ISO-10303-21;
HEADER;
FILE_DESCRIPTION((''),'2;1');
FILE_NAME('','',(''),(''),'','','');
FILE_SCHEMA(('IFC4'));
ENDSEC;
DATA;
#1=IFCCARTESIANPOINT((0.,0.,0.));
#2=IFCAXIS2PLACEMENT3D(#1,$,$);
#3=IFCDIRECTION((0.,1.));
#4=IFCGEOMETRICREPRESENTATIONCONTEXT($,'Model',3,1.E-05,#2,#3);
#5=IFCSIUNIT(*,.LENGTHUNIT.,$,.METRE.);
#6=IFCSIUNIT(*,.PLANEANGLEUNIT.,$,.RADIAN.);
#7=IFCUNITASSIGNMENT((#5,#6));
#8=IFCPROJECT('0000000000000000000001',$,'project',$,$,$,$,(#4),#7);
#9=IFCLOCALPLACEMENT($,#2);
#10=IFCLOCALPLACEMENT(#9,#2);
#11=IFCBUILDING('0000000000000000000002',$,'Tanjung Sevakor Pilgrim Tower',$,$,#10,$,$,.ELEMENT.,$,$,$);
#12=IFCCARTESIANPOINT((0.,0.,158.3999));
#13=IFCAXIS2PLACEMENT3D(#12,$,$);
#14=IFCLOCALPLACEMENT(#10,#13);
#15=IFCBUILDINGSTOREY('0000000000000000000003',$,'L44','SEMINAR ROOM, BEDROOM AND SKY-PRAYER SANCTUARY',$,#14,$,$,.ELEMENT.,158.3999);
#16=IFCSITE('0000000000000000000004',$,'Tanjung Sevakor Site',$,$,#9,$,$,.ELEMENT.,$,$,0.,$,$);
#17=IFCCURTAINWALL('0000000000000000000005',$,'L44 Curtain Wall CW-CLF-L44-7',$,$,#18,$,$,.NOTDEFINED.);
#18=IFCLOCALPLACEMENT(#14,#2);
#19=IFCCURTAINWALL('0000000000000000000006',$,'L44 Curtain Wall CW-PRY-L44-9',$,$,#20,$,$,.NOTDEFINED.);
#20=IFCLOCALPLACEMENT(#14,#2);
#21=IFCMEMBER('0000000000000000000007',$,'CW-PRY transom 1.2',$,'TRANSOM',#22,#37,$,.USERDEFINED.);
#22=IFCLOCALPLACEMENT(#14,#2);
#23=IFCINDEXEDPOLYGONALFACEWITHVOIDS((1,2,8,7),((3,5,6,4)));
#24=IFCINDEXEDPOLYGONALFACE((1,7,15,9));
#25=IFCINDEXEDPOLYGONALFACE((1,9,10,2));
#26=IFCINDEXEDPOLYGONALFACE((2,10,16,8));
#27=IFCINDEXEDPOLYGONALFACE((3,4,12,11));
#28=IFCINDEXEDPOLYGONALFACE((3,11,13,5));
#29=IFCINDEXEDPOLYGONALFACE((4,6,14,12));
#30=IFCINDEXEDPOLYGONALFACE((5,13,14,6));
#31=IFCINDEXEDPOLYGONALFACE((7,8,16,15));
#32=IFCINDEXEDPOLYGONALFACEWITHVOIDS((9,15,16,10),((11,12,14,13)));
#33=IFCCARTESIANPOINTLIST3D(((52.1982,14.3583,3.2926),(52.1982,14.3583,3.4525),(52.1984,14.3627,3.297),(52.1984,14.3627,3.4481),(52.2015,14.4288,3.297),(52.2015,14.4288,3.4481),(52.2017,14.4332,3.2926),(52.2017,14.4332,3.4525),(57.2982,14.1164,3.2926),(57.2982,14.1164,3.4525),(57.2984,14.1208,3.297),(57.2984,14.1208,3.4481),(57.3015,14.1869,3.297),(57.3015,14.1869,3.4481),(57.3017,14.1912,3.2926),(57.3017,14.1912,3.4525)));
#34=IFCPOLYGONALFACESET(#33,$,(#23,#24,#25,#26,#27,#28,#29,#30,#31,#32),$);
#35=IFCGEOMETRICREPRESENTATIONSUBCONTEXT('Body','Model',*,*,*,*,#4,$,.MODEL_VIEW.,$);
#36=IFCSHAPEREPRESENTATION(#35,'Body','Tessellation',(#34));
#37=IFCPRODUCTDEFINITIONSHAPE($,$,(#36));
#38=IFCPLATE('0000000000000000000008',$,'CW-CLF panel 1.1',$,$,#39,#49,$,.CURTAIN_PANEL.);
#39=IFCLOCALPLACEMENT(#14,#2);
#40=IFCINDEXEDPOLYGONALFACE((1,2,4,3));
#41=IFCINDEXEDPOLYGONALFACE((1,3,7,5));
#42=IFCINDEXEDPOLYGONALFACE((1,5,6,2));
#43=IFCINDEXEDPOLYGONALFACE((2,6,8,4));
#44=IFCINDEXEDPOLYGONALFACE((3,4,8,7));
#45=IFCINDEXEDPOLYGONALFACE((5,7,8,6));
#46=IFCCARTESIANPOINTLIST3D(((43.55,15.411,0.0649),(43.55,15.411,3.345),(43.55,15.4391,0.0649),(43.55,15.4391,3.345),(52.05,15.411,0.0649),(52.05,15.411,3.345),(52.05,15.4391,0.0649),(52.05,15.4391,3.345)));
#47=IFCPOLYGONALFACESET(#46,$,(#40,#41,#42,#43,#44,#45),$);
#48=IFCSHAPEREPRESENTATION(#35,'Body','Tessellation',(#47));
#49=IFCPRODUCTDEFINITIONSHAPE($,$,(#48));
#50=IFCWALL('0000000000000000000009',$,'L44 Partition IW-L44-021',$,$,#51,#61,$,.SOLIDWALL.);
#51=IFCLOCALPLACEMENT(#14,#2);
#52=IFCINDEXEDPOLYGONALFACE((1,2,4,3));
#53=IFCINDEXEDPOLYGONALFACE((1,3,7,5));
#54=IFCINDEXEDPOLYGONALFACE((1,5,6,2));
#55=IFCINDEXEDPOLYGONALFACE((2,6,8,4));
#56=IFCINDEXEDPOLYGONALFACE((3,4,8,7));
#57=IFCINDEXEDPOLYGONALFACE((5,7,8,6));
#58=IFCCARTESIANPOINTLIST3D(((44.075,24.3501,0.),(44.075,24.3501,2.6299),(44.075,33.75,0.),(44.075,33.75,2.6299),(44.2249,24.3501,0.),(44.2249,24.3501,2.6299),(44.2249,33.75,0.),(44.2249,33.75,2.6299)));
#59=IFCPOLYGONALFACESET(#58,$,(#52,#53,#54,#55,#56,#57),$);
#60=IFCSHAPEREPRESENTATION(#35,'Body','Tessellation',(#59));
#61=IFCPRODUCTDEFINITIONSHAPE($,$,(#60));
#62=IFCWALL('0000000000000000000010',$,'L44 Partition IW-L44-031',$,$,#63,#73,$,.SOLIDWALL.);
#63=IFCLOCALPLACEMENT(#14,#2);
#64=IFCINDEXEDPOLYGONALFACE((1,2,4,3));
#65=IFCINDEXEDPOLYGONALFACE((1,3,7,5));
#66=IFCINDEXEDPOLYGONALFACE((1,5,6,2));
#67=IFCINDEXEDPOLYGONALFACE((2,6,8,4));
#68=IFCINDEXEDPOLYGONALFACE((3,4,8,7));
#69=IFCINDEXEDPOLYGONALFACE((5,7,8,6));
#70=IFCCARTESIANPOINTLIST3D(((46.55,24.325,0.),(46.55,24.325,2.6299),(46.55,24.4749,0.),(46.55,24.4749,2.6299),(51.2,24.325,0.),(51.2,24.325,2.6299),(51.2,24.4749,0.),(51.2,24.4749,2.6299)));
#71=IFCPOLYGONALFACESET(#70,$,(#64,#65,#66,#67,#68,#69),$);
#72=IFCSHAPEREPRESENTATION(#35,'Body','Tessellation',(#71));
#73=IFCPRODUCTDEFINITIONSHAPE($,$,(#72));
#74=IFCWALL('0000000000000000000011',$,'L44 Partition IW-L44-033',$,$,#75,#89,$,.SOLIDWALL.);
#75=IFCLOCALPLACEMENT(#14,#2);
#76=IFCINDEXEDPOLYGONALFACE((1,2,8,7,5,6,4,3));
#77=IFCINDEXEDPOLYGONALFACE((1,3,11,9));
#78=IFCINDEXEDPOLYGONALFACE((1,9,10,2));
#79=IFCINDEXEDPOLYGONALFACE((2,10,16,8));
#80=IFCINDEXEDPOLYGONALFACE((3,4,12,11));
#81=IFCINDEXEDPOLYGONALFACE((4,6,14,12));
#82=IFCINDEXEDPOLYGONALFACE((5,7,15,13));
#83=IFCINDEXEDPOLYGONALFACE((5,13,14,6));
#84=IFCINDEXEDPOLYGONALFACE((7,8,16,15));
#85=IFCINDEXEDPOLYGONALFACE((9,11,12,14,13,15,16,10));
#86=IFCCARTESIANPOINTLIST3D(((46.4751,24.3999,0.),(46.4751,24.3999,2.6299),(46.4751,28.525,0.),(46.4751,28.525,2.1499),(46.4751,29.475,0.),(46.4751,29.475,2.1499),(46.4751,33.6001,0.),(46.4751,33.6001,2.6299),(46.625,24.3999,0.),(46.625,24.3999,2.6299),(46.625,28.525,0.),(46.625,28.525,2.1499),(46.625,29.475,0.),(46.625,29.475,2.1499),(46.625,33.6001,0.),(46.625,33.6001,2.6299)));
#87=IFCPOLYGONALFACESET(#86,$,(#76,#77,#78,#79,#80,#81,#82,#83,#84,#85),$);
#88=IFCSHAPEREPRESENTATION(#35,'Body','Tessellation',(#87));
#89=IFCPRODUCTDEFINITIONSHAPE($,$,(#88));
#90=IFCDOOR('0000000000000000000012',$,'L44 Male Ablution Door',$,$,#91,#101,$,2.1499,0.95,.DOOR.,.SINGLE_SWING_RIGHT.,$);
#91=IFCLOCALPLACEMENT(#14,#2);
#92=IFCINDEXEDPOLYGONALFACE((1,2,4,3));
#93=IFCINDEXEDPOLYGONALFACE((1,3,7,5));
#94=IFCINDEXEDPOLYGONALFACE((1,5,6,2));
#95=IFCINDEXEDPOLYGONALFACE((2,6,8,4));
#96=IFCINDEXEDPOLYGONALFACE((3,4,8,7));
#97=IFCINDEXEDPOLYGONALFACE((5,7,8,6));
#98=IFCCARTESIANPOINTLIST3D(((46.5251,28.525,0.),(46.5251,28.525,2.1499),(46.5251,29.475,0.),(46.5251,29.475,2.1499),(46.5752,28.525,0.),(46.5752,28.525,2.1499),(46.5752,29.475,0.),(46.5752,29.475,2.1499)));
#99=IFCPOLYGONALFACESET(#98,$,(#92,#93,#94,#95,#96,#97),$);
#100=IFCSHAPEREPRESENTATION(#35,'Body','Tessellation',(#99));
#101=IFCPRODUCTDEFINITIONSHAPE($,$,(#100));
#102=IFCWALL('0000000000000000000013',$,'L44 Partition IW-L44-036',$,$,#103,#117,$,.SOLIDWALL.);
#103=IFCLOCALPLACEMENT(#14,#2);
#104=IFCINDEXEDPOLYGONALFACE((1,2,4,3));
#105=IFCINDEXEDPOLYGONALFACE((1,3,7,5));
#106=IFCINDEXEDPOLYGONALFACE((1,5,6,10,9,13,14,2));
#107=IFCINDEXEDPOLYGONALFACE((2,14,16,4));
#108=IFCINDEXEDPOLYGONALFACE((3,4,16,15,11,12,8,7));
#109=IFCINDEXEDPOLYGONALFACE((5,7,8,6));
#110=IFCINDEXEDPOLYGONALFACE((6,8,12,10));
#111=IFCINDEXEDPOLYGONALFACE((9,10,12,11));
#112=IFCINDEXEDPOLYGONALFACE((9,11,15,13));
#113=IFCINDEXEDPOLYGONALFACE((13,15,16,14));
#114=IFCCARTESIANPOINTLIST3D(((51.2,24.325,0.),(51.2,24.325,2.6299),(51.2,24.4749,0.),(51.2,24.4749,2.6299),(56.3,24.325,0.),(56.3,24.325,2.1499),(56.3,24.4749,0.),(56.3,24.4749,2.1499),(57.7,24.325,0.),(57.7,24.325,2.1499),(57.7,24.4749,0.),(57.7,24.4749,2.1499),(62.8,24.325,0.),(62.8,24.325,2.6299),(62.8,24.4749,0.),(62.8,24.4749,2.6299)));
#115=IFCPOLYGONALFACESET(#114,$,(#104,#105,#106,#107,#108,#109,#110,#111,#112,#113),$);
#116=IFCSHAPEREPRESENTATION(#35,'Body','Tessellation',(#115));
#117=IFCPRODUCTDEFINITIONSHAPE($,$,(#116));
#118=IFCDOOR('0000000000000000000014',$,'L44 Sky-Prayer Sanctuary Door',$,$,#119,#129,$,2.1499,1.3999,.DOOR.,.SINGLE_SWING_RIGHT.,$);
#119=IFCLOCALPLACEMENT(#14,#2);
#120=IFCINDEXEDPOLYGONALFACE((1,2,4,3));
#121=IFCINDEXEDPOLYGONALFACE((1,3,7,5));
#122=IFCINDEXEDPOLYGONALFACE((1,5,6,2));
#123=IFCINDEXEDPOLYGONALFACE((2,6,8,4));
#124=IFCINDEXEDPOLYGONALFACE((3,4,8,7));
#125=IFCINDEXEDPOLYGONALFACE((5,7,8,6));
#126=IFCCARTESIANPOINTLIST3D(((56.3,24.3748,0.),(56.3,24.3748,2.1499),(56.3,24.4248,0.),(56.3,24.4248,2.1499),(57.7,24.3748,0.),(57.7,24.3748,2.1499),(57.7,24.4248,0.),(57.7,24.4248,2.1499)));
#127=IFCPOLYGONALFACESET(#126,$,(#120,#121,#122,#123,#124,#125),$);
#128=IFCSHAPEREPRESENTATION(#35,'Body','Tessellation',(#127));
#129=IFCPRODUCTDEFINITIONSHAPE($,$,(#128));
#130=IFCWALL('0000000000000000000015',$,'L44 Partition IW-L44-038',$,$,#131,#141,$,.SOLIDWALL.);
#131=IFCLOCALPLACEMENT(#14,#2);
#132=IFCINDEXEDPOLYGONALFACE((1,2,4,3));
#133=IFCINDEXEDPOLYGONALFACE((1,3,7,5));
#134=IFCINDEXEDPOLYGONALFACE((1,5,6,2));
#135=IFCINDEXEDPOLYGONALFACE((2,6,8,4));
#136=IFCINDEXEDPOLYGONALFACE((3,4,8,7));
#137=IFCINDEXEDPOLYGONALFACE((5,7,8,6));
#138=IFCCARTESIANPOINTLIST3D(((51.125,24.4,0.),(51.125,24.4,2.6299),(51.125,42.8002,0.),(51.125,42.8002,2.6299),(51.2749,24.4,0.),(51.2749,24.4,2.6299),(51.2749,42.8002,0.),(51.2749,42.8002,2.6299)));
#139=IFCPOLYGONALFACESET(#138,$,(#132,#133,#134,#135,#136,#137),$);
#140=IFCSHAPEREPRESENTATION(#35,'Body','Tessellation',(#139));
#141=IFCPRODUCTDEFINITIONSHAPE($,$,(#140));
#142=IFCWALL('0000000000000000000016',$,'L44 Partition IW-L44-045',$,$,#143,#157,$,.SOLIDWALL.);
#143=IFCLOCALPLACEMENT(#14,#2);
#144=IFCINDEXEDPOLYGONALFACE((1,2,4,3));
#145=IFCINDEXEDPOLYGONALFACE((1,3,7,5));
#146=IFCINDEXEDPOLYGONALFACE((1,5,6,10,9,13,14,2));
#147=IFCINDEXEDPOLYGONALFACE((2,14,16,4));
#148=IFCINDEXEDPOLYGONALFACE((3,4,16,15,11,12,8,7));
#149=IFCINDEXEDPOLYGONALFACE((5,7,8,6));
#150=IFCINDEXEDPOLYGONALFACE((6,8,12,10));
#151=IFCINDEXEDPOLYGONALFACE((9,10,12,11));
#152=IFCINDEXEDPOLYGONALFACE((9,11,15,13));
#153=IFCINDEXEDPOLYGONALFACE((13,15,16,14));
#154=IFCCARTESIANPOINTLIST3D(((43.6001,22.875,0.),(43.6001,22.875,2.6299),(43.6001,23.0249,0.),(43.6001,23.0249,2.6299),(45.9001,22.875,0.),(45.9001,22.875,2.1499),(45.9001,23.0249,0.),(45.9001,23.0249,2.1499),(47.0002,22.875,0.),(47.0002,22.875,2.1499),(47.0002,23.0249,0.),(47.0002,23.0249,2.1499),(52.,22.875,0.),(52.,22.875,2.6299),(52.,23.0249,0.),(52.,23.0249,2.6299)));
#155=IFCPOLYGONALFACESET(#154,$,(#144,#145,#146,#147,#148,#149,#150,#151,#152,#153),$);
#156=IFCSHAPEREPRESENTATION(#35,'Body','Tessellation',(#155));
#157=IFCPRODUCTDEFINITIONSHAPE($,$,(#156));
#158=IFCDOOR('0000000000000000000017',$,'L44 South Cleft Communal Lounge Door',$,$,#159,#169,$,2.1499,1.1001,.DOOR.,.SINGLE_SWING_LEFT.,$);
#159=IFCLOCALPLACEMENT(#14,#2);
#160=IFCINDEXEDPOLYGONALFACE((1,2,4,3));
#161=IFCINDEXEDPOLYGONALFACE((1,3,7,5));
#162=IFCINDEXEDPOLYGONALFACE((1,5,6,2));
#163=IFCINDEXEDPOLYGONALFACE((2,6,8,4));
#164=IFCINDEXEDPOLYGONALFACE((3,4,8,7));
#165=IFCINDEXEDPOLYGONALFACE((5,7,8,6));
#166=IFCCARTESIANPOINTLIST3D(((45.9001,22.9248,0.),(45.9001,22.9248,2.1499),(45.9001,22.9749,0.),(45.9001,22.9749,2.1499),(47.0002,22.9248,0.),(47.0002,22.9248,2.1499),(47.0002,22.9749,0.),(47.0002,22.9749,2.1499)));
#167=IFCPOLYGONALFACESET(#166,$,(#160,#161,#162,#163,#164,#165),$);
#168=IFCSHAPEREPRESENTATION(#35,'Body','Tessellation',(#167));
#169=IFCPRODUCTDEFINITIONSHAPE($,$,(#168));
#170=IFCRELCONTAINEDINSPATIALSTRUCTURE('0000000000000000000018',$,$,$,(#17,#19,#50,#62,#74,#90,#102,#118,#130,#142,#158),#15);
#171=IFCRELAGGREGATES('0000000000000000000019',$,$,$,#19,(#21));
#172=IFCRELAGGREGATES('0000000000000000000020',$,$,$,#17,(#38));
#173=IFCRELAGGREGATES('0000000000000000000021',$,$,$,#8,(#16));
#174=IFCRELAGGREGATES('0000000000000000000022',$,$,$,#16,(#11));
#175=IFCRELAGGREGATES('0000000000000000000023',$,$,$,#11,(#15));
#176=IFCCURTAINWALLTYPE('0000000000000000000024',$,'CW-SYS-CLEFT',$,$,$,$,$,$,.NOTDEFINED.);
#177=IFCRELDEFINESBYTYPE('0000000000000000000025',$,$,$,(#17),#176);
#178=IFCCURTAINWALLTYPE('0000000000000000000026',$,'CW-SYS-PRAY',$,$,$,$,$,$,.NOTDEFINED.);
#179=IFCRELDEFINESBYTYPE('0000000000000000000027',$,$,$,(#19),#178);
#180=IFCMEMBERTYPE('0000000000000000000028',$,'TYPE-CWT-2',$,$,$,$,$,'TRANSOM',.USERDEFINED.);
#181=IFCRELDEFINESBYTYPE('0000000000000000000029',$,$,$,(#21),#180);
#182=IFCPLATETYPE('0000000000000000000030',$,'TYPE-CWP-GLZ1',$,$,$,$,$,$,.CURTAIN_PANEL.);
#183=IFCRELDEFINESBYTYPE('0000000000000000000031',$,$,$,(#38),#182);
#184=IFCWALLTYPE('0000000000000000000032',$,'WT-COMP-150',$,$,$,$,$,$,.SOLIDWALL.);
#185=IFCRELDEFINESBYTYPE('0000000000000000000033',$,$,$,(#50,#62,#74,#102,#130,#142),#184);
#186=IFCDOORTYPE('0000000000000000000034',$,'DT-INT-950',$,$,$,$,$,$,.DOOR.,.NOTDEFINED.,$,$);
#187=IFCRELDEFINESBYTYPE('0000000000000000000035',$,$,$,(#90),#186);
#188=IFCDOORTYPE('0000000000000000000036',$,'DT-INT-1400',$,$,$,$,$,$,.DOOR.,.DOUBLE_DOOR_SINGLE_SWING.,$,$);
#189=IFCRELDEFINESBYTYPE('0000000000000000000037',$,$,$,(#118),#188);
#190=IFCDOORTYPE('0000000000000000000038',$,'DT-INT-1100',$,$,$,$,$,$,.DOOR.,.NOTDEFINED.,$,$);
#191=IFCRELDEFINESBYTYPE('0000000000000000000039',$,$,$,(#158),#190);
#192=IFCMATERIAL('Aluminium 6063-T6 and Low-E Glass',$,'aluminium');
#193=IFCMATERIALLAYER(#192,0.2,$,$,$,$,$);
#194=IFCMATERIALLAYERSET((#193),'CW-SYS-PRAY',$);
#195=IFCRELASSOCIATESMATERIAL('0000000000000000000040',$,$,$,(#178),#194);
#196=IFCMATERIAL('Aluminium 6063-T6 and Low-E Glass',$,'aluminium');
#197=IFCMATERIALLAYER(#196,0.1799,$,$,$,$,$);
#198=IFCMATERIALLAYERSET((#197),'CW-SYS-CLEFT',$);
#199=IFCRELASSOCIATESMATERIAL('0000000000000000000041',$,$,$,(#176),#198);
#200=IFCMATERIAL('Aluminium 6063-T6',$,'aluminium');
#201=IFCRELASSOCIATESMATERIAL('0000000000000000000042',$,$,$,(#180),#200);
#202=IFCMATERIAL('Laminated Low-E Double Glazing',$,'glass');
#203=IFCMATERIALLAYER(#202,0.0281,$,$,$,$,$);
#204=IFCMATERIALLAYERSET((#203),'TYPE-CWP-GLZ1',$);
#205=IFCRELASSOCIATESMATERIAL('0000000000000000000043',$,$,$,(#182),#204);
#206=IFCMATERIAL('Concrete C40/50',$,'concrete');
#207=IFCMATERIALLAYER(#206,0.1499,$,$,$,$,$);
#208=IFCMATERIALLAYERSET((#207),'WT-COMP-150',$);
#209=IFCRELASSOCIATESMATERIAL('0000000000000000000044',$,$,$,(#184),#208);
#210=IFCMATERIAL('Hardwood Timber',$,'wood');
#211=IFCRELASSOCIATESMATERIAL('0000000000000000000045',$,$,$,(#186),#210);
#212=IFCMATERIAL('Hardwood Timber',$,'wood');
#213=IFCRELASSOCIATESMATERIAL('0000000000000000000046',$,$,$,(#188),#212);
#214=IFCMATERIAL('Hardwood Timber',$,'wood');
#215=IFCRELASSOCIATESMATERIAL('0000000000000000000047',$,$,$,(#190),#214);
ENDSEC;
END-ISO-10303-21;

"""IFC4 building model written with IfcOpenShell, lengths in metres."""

from ifc_helpers import new_model, si_unit, direction, frame, frame_2d, origin, origin_2d, place, context, subcontext, project, spatial, rectangle, hollow_rectangle, extrude, material, layer, layer_set, material_profile, profile_set, type_object, element, fill, aggregate, save


model = new_model("IFC4")

# Units and contexts
model_context = context("Model", 3, precision=1e-05, world=origin(), true_north=direction((0.0, 1.0)))
body_context = subcontext(model_context, "Body", "Model", "MODEL_VIEW")
ifc_project = project(units=[si_unit("LENGTHUNIT", "METRE"), si_unit("PLANEANGLEUNIT", "RADIAN")], contexts=[model_context])

# Site, building, storey
site_placement = place(None, origin())
site = spatial("IfcSite", under=ifc_project, at=site_placement, Name="Tanjung Sevakor Site", CompositionType="ELEMENT", RefElevation=0.0)
building_placement = place(site_placement, origin())
building = spatial("IfcBuilding", under=site, at=building_placement, Name="Tanjung Sevakor Pilgrim Tower", CompositionType="ELEMENT")
storey_placement = place(building_placement, frame((0.0, 0.0, 158.3999)))
storey = spatial("IfcBuildingStorey", under=building, at=storey_placement, Name="L44", Description="SEMINAR ROOM, BEDROOM AND SKY-PRAYER SANCTUARY", CompositionType="ELEMENT", Elevation=158.3999)

# Shared definitions
ifc_material_1 = material(Name="Aluminium 6063-T6 and Low-E Glass", Category="aluminium")
ifc_layer_1 = layer(ifc_material_1, 0.2)
ifc_layer_set_1 = layer_set([ifc_layer_1], Name="CW-SYS-PRAY")
curtain_wall_type_1 = type_object("IfcCurtainWallType", Name="CW-SYS-PRAY", PredefinedType="NOTDEFINED", material=ifc_layer_set_1)

# Curtain wall
ifc_material_2 = material(Name="Aluminium 6063-T6 and Low-E Glass", Category="aluminium")
ifc_layer_2 = layer(ifc_material_2, 0.1799)
ifc_layer_set_2 = layer_set([ifc_layer_2], Name="CW-SYS-CLEFT")
curtain_wall_type_2 = type_object("IfcCurtainWallType", Name="CW-SYS-CLEFT", PredefinedType="NOTDEFINED", material=ifc_layer_set_2)
curtain_wall_1_placement = place(storey_placement, origin())
curtain_wall_1 = element("IfcCurtainWall", 1, at=curtain_wall_1_placement, inside=storey, type_object=curtain_wall_type_2, Name="L44 Curtain Wall CW-CLF-L44-7", PredefinedType="NOTDEFINED")

# Curtain wall
curtain_wall_2_placement = place(storey_placement, origin())
curtain_wall_2 = element("IfcCurtainWall", 2, at=curtain_wall_2_placement, inside=storey, type_object=curtain_wall_type_1, Name="L44 Curtain Wall CW-PRY-L44-9", PredefinedType="NOTDEFINED")

# Member
ifc_material_3 = material(Name="Aluminium 6063-T6", Category="aluminium")
ifc_material_profile_1 = material_profile(ifc_material_3, hollow_rectangle(XDim=0.075, YDim=0.1599, WallThickness=0.0044, at=origin_2d()))
ifc_profile_set_1 = profile_set([ifc_material_profile_1], Name="Aluminium 6063-T6")
member_type_1 = type_object("IfcMemberType", Name="TYPE-CWT-2", ElementType="TRANSOM", PredefinedType="USERDEFINED", material=ifc_profile_set_1)
member_1_placement = place(storey_placement, frame((52.2, 14.3958, 3.3726), z_axis=(0.998877, -0.047386, 0.0), x_axis=(0.047386, 0.998877, 0.0)))
member_1 = element("IfcMember", 3, at=member_1_placement, type_object=member_type_1, Name="CW-PRY transom 1.2", ObjectType="TRANSOM", PredefinedType="USERDEFINED", context=body_context, shape_type="SweptSolid", body=[
    extrude(hollow_rectangle(XDim=0.075, YDim=0.1599, WallThickness=0.0044, at=origin_2d()), origin(), (0.0, 0.0, 1.0), 5.1057),
])
aggregate(curtain_wall_2, [member_1])

# Plate
ifc_material_4 = material(Name="Laminated Low-E Double Glazing", Category="glass")
ifc_layer_3 = layer(ifc_material_4, 0.0281)
ifc_layer_set_3 = layer_set([ifc_layer_3], Name="TYPE-CWP-GLZ1")
plate_type = type_object("IfcPlateType", Name="TYPE-CWP-GLZ1", PredefinedType="CURTAIN_PANEL", material=ifc_layer_set_3)
plate_placement = place(storey_placement, frame((47.8, 15.425, 0.0649), z_axis=(0.0, 0.0, 1.0), x_axis=(1.0, 0.0, 0.0)))
plate = element("IfcPlate", 4, at=plate_placement, type_object=plate_type, Name="CW-CLF panel 1.1", PredefinedType="CURTAIN_PANEL", context=body_context, shape_type="SweptSolid", body=[
    extrude(rectangle(XDim=8.5, YDim=0.0281, at=origin_2d()), origin(), (0.0, 0.0, 1.0), 3.28),
])
aggregate(curtain_wall_1, [plate])

# Walls
ifc_material_5 = material(Name="Concrete C40/50", Category="concrete")
ifc_layer_4 = layer(ifc_material_5, 0.1499)
ifc_layer_set_4 = layer_set([ifc_layer_4], Name="WT-COMP-150")
wall_type_1 = type_object("IfcWallType", Name="WT-COMP-150", PredefinedType="SOLIDWALL", material=ifc_layer_set_4)
wall_1_placement = place(storey_placement, frame((44.1499, 24.3501, 0.0), z_axis=(0.0, 0.0, 1.0), x_axis=(0.0, 1.0, 0.0)))
element("IfcWall", 5, at=wall_1_placement, inside=storey, type_object=wall_type_1, Name="L44 Partition IW-L44-021", PredefinedType="SOLIDWALL", context=body_context, shape_type="SweptSolid", body=[
    extrude(rectangle(XDim=9.3999, YDim=0.1499, at=frame_2d((4.7, 0.0))), origin(), (0.0, 0.0, 1.0), 2.6299),
])
wall_2_placement = place(storey_placement, frame((46.55, 24.3999, 0.0), z_axis=(0.0, 0.0, 1.0), x_axis=(1.0, 0.0, 0.0)))
element("IfcWall", 6, at=wall_2_placement, inside=storey, type_object=wall_type_1, Name="L44 Partition IW-L44-031", PredefinedType="SOLIDWALL", context=body_context, shape_type="SweptSolid", body=[
    extrude(rectangle(XDim=4.6499, YDim=0.1499, at=frame_2d((2.325, 0.0))), origin(), (0.0, 0.0, 1.0), 2.6299),
])

# Walls, openings, doors
wall_3_placement = place(storey_placement, frame((46.55, 24.3999, 0.0), z_axis=(0.0, 0.0, 1.0), x_axis=(0.0, 1.0, 0.0)))
wall_3 = element("IfcWall", 7, at=wall_3_placement, inside=storey, type_object=wall_type_1, Name="L44 Partition IW-L44-033", PredefinedType="SOLIDWALL", context=body_context, shape_type="SweptSolid", body=[
    extrude(rectangle(XDim=9.2002, YDim=0.1499, at=frame_2d((4.6001, 0.0))), origin(), (0.0, 0.0, 1.0), 2.6299),
])
opening_1_placement = place(wall_3_placement, frame((4.125, 0.0, 0.0)))
opening_1 = element("IfcOpeningElement", 8, at=opening_1_placement, cuts=wall_3, PredefinedType="OPENING", context=body_context, shape_type="SweptSolid", body=[
    extrude(rectangle(XDim=0.95, YDim=2.1499, at=frame_2d((0.4751, 1.075))), frame((0.0, 0.085, 0.0), z_axis=(0.0, -1.0, 0.0), x_axis=(1.0, 0.0, 0.0)), (0.0, 0.0, 1.0), 0.1699),
])
ifc_material_6 = material(Name="Hardwood Timber", Category="wood")
door_type_1 = type_object("IfcDoorType", Name="DT-INT-950", OperationType="NOTDEFINED", PredefinedType="DOOR", material=ifc_material_6)
door_1_placement = place(opening_1_placement, origin())
door_1 = element("IfcDoor", 9, at=door_1_placement, inside=storey, type_object=door_type_1, Name="L44 Male Ablution Door", OperationType="SINGLE_SWING_RIGHT", OverallHeight=2.1499, OverallWidth=0.95, PredefinedType="DOOR", context=body_context, shape_type="SweptSolid", body=[
    extrude(rectangle(XDim=0.95, YDim=2.1499, at=frame_2d((0.4751, 1.075))), frame((0.0, 0.0249, 0.0), z_axis=(0.0, -1.0, 0.0), x_axis=(1.0, 0.0, 0.0)), (0.0, 0.0, 1.0), 0.05),
])
fill(opening_1, door_1)
wall_4_placement = place(storey_placement, frame((51.2, 24.3999, 0.0), z_axis=(0.0, 0.0, 1.0), x_axis=(1.0, 0.0, 0.0)))
wall_4 = element("IfcWall", 10, at=wall_4_placement, inside=storey, type_object=wall_type_1, Name="L44 Partition IW-L44-036", PredefinedType="SOLIDWALL", context=body_context, shape_type="SweptSolid", body=[
    extrude(rectangle(XDim=11.6001, YDim=0.1499, at=frame_2d((5.8, 0.0))), origin(), (0.0, 0.0, 1.0), 2.6299),
])
opening_2_placement = place(wall_4_placement, frame((5.1001, 0.0, 0.0)))
opening_2 = element("IfcOpeningElement", 11, at=opening_2_placement, cuts=wall_4, PredefinedType="OPENING", context=body_context, shape_type="SweptSolid", body=[
    extrude(rectangle(XDim=1.3999, YDim=2.1499, at=frame_2d((0.7, 1.075))), frame((0.0, 0.085, 0.0), z_axis=(0.0, -1.0, 0.0), x_axis=(1.0, 0.0, 0.0)), (0.0, 0.0, 1.0), 0.1699),
])
ifc_material_7 = material(Name="Hardwood Timber", Category="wood")
door_type_2 = type_object("IfcDoorType", Name="DT-INT-1400", OperationType="DOUBLE_DOOR_SINGLE_SWING", PredefinedType="DOOR", material=ifc_material_7)
door_2_placement = place(opening_2_placement, origin())
door_2 = element("IfcDoor", 12, at=door_2_placement, inside=storey, type_object=door_type_2, Name="L44 Sky-Prayer Sanctuary Door", OperationType="SINGLE_SWING_RIGHT", OverallHeight=2.1499, OverallWidth=1.3999, PredefinedType="DOOR", context=body_context, shape_type="SweptSolid", body=[
    extrude(rectangle(XDim=1.3999, YDim=2.1499, at=frame_2d((0.7, 1.075))), frame((0.0, 0.0249, 0.0), z_axis=(0.0, -1.0, 0.0), x_axis=(1.0, 0.0, 0.0)), (0.0, 0.0, 1.0), 0.05),
])
fill(opening_2, door_2)

# Wall
wall_5_placement = place(storey_placement, frame((51.2, 24.3999, 0.0), z_axis=(0.0, 0.0, 1.0), x_axis=(0.0, 1.0, 0.0)))
element("IfcWall", 13, at=wall_5_placement, inside=storey, type_object=wall_type_1, Name="L44 Partition IW-L44-038", PredefinedType="SOLIDWALL", context=body_context, shape_type="SweptSolid", body=[
    extrude(rectangle(XDim=18.4001, YDim=0.1499, at=frame_2d((9.2002, 0.0))), origin(), (0.0, 0.0, 1.0), 2.6299),
])

# Wall, opening, door
wall_6_placement = place(storey_placement, frame((43.6001, 22.95, 0.0), z_axis=(0.0, 0.0, 1.0), x_axis=(1.0, 0.0, 0.0)))
wall_6 = element("IfcWall", 14, at=wall_6_placement, inside=storey, type_object=wall_type_1, Name="L44 Partition IW-L44-045", PredefinedType="SOLIDWALL", context=body_context, shape_type="SweptSolid", body=[
    extrude(rectangle(XDim=8.3999, YDim=0.1499, at=frame_2d((4.2, 0.0))), origin(), (0.0, 0.0, 1.0), 2.6299),
])
opening_3_placement = place(wall_6_placement, frame((2.3, 0.0, 0.0)))
opening_3 = element("IfcOpeningElement", 15, at=opening_3_placement, cuts=wall_6, PredefinedType="OPENING", context=body_context, shape_type="SweptSolid", body=[
    extrude(rectangle(XDim=1.1001, YDim=2.1499, at=frame_2d((0.55, 1.075))), frame((0.0, 0.085, 0.0), z_axis=(0.0, -1.0, 0.0), x_axis=(1.0, 0.0, 0.0)), (0.0, 0.0, 1.0), 0.1699),
])
ifc_material_8 = material(Name="Hardwood Timber", Category="wood")
door_type_3 = type_object("IfcDoorType", Name="DT-INT-1100", OperationType="NOTDEFINED", PredefinedType="DOOR", material=ifc_material_8)
door_3_placement = place(opening_3_placement, origin())
door_3 = element("IfcDoor", 16, at=door_3_placement, inside=storey, type_object=door_type_3, Name="L44 South Cleft Communal Lounge Door", OperationType="SINGLE_SWING_LEFT", OverallHeight=2.1499, OverallWidth=1.1001, PredefinedType="DOOR", context=body_context, shape_type="SweptSolid", body=[
    extrude(rectangle(XDim=1.1001, YDim=2.1499, at=frame_2d((0.55, 1.075))), frame((0.0, 0.0249, 0.0), z_axis=(0.0, -1.0, 0.0), x_axis=(1.0, 0.0, 0.0)), (0.0, 0.0, 1.0), 0.05),
])
fill(opening_3, door_3)

save(model, "model.ifc")
